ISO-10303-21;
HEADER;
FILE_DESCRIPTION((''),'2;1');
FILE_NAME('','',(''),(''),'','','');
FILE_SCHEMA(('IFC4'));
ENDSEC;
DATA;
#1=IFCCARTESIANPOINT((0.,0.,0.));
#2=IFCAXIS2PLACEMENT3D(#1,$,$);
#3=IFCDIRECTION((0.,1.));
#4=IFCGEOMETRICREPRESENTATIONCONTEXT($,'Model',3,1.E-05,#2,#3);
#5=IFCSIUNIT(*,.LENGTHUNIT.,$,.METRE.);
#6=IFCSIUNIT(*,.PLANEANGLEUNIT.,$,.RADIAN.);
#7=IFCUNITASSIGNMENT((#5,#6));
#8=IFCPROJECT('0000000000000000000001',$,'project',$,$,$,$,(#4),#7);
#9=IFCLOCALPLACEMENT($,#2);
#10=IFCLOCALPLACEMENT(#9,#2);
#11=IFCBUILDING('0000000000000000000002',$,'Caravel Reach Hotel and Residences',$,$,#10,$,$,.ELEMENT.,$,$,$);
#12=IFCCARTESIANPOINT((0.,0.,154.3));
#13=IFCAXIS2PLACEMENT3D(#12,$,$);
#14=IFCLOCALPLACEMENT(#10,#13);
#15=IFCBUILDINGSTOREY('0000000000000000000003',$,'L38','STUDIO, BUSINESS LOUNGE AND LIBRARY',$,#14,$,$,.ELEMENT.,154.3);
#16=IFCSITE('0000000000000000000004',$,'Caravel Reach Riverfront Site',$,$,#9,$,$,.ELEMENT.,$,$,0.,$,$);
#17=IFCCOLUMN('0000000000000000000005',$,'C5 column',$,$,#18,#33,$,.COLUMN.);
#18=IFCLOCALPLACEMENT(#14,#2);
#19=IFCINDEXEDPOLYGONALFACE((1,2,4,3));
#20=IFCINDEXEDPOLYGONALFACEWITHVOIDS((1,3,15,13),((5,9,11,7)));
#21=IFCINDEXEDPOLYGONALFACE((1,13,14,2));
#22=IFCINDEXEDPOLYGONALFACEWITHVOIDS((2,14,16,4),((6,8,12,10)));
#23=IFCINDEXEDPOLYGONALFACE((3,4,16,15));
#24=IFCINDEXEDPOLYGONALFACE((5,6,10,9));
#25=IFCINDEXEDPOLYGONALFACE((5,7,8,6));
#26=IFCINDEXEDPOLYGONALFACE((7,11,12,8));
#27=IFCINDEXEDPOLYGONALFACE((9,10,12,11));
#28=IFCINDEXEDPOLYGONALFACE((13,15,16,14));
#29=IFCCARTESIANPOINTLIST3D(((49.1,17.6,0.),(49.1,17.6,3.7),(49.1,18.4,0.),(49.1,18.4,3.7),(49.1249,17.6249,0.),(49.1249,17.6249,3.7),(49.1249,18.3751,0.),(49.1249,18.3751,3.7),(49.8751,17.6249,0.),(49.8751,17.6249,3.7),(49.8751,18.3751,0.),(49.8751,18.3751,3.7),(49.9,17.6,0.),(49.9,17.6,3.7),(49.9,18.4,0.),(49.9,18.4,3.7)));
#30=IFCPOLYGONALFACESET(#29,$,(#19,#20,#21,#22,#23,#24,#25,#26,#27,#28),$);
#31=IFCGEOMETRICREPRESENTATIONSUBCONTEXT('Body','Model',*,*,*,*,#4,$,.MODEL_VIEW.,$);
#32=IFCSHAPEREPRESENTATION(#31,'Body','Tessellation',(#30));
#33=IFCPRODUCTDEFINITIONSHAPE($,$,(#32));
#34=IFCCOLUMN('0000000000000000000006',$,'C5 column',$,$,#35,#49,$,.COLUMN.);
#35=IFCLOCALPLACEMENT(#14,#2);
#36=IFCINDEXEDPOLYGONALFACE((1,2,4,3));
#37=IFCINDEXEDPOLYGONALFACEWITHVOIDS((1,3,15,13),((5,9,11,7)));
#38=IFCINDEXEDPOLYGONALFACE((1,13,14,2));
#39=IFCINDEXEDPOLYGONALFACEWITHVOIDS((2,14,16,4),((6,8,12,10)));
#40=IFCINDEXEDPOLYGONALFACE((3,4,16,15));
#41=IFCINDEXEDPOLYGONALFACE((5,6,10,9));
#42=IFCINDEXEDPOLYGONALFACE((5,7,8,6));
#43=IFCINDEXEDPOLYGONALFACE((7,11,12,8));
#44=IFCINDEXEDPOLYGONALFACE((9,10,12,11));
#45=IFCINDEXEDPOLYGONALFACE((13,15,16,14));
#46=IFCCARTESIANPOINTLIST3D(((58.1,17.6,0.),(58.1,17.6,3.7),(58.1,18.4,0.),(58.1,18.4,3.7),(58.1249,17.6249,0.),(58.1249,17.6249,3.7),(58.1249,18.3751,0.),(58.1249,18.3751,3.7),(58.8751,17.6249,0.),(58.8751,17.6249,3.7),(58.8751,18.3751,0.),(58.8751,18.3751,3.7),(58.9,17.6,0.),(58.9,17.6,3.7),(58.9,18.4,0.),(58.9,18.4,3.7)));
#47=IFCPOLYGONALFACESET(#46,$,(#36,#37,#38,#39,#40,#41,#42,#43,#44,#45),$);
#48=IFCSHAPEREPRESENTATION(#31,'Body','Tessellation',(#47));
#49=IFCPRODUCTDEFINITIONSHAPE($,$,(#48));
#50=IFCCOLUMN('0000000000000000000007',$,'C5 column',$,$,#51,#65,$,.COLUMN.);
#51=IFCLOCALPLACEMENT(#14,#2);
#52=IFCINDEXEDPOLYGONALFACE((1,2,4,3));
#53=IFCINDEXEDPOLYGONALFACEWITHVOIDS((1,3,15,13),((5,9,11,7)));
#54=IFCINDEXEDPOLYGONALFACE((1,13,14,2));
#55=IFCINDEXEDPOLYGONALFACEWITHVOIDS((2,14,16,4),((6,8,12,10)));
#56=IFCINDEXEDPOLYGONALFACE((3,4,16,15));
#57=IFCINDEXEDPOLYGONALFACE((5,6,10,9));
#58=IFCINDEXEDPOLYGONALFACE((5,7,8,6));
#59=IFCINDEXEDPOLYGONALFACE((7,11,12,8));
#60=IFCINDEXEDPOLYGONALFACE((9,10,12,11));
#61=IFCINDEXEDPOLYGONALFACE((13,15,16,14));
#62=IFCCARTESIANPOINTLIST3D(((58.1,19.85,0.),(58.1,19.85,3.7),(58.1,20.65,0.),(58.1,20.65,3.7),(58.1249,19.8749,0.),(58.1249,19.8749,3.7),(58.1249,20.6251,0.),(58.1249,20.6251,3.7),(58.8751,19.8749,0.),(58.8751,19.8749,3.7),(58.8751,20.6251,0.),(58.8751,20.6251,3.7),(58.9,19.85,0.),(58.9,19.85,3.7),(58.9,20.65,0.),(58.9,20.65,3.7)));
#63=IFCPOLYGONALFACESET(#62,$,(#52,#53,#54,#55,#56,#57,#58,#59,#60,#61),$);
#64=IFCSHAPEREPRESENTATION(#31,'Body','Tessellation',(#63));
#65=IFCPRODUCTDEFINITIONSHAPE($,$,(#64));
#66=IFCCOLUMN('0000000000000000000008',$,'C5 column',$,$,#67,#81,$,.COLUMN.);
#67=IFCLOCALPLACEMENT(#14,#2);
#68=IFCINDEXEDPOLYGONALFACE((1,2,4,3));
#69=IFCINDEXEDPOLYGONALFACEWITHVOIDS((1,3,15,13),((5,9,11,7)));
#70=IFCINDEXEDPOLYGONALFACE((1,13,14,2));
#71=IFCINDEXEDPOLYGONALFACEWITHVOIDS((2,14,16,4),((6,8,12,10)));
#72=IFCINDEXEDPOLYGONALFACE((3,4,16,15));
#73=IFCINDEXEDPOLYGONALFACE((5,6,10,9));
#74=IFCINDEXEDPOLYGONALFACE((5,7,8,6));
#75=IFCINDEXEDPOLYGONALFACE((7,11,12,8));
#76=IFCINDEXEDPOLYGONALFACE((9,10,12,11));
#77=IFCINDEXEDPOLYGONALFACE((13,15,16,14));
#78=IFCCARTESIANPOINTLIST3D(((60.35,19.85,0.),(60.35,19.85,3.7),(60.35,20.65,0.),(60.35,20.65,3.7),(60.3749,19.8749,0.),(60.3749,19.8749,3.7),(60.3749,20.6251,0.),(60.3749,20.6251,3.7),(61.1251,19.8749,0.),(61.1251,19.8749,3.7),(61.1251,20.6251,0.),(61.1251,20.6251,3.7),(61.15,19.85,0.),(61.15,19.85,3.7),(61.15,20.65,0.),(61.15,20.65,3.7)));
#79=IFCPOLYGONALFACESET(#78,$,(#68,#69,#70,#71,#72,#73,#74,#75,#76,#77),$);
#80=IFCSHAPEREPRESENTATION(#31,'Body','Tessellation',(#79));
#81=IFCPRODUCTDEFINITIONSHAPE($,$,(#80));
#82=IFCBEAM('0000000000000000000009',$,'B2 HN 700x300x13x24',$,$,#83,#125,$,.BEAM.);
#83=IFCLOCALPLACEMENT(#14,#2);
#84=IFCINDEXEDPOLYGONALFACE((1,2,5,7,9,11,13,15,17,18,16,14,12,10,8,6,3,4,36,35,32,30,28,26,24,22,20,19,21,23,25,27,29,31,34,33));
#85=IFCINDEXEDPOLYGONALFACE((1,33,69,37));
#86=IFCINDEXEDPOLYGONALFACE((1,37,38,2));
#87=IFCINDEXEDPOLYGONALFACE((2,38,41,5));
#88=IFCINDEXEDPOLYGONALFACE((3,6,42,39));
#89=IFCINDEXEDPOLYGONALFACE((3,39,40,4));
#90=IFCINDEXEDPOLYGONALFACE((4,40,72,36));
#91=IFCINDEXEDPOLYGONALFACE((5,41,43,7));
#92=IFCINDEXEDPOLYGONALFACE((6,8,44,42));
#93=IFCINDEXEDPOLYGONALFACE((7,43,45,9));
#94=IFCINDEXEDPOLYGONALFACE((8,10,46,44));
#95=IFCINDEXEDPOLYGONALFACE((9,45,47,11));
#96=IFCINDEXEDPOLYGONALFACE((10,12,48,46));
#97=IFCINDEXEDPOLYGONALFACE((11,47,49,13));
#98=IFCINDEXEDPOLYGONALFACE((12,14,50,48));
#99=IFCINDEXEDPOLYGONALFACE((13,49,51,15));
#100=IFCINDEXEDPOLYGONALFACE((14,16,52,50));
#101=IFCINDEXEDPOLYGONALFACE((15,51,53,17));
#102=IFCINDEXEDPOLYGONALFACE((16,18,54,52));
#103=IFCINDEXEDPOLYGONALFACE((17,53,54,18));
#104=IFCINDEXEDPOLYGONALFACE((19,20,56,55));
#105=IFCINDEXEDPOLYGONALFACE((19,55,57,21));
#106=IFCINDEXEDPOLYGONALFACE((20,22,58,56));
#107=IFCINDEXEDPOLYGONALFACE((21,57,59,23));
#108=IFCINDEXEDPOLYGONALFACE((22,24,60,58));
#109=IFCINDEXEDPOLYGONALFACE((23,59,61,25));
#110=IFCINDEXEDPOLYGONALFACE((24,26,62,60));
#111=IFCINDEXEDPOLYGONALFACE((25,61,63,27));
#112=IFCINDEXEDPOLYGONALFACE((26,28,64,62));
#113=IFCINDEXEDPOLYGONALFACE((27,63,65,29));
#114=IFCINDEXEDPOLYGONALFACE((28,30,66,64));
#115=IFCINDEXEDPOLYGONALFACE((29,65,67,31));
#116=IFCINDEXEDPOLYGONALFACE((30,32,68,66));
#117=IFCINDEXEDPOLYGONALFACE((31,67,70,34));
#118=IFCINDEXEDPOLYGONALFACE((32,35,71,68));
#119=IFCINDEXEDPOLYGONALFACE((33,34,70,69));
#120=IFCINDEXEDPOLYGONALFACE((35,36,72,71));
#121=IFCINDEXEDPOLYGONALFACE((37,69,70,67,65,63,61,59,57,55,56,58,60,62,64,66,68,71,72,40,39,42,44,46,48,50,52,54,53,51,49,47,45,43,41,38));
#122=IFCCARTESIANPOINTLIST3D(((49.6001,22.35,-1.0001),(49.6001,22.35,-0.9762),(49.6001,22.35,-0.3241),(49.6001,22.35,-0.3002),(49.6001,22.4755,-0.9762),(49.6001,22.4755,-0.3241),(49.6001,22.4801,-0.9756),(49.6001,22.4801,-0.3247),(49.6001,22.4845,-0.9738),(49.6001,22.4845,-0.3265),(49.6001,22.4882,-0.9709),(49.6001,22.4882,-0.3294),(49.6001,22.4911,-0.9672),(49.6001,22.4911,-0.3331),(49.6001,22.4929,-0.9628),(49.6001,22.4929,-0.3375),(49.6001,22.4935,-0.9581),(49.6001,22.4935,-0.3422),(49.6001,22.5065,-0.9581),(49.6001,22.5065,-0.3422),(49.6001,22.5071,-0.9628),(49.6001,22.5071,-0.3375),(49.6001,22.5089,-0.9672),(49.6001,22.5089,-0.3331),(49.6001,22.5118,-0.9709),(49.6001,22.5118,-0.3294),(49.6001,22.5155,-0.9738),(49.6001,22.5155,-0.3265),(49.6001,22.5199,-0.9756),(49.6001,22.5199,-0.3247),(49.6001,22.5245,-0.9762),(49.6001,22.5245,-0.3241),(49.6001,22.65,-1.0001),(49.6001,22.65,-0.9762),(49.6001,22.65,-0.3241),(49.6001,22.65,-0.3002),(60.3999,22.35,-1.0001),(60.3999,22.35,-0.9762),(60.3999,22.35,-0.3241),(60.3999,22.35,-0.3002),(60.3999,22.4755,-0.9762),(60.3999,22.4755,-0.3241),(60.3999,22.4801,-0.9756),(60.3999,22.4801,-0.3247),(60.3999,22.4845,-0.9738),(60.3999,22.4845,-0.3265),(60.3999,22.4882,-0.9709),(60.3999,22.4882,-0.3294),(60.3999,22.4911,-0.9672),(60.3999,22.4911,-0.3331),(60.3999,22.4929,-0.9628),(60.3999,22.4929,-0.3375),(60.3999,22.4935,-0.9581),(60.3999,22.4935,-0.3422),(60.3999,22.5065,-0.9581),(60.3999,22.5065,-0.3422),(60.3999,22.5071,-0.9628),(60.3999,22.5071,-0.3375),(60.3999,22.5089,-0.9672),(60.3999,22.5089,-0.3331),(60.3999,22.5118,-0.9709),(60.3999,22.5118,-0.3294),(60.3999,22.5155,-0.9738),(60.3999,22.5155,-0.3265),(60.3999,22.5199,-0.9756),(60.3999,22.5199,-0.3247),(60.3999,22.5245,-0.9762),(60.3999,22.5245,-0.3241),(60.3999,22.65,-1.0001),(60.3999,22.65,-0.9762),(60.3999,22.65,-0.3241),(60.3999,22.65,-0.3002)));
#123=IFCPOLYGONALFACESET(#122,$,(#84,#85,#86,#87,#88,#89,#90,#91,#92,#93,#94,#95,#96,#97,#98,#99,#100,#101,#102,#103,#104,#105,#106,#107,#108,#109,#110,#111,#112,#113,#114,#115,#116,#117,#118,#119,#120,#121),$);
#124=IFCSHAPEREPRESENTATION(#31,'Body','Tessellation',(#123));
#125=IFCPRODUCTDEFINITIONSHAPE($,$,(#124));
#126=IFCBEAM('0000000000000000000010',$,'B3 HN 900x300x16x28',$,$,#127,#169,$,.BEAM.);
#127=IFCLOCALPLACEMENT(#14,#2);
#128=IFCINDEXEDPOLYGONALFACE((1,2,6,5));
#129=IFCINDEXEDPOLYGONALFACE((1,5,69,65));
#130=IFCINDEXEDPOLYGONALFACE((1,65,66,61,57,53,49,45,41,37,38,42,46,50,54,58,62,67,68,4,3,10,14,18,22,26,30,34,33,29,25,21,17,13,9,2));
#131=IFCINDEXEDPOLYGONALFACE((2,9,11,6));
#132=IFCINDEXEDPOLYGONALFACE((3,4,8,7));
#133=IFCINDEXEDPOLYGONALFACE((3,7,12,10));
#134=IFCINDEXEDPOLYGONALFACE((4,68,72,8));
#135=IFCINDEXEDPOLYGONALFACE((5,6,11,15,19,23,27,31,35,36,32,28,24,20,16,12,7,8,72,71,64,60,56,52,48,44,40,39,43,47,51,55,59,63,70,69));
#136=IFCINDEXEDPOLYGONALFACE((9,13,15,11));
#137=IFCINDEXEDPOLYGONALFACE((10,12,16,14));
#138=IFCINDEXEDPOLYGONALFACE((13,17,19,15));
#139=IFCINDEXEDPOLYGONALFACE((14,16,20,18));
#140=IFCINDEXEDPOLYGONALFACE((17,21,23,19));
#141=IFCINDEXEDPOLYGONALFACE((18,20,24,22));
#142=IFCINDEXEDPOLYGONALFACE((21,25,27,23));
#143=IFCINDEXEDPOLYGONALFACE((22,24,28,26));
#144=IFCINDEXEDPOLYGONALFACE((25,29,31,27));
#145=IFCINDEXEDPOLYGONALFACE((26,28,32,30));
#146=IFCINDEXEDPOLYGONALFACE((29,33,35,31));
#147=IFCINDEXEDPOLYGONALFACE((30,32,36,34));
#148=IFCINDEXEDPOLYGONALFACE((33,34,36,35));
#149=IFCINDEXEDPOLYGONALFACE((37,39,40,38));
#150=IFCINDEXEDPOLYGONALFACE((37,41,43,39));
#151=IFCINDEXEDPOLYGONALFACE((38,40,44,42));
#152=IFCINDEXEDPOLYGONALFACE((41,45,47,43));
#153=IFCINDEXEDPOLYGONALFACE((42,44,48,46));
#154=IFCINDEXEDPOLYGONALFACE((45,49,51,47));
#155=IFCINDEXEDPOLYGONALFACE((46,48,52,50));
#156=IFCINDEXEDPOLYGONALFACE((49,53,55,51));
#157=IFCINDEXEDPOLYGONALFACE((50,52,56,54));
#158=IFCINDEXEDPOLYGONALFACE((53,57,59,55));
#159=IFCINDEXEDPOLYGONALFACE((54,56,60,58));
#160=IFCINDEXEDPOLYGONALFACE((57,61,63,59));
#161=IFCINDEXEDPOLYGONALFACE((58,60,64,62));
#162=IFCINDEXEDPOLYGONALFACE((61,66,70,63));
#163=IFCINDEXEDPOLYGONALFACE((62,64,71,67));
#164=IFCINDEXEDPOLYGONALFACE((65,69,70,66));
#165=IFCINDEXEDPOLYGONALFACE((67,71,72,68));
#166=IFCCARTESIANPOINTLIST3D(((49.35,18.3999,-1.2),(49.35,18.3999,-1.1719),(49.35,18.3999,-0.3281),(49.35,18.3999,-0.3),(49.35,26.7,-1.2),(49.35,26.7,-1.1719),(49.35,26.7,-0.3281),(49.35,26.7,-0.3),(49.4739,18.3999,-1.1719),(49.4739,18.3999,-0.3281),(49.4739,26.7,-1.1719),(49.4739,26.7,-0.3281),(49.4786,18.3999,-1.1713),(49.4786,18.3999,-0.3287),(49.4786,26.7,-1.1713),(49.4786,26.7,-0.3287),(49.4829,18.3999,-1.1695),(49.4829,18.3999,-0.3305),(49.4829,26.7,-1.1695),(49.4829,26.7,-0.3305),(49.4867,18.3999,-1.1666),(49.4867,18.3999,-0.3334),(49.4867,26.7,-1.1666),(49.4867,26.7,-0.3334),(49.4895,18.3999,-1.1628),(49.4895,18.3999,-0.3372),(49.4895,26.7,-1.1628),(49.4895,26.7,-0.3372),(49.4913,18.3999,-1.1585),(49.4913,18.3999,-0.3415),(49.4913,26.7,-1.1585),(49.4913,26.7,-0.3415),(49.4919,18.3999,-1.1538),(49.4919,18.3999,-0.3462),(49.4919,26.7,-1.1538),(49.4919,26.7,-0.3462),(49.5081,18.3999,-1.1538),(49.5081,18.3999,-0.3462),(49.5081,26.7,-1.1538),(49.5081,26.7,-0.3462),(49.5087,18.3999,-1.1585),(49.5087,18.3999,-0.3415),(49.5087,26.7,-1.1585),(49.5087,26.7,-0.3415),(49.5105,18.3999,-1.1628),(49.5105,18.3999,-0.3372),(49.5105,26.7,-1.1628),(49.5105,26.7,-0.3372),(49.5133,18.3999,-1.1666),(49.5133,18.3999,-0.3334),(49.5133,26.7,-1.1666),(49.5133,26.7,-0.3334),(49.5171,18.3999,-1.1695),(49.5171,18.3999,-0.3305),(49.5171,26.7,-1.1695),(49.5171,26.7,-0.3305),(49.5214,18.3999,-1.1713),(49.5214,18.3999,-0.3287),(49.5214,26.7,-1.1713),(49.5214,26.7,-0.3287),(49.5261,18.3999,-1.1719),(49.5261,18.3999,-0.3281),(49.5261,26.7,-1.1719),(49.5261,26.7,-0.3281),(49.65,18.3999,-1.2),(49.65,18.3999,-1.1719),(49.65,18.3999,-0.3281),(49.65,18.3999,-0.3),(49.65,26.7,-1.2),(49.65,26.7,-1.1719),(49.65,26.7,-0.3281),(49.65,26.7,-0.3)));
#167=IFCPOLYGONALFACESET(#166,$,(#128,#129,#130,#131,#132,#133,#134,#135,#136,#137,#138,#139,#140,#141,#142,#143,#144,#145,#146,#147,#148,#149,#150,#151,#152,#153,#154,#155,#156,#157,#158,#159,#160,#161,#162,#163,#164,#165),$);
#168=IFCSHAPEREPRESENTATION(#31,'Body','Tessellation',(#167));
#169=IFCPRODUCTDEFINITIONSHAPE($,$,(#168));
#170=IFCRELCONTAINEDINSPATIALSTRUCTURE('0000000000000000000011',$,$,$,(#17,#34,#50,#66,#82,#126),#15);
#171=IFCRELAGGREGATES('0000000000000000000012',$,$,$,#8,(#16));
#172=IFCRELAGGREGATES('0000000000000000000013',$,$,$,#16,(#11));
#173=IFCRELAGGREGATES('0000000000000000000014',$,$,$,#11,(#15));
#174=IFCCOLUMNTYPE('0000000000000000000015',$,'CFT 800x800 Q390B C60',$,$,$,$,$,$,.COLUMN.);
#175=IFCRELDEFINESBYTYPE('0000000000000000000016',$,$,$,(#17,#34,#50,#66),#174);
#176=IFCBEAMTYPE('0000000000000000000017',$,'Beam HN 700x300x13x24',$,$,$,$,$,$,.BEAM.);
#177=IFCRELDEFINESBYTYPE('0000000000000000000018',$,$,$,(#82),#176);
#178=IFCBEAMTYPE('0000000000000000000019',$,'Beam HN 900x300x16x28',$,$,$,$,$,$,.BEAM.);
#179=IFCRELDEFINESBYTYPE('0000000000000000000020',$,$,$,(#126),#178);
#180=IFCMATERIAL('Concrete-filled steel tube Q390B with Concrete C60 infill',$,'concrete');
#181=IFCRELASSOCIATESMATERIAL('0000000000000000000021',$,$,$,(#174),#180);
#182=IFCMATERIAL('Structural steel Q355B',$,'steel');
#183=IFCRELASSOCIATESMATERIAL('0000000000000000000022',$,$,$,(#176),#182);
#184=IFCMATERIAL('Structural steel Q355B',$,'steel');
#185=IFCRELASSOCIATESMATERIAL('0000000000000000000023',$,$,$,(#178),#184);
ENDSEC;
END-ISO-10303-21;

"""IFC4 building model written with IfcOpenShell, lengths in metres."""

from ifc_helpers import new_model, si_unit, direction, frame, origin, origin_2d, place, context, subcontext, project, spatial, hollow_rectangle, i_section, extrude, material, material_profile, profile_set, type_object, element, save


model = new_model("IFC4")

# Units and contexts
model_context = context("Model", 3, precision=1e-05, world=origin(), true_north=direction((0.0, 1.0)))
body_context = subcontext(model_context, "Body", "Model", "MODEL_VIEW")
ifc_project = project(units=[si_unit("LENGTHUNIT", "METRE"), si_unit("PLANEANGLEUNIT", "RADIAN")], contexts=[model_context])

# Site, building, storey
site_placement = place(None, origin())
site = spatial("IfcSite", under=ifc_project, at=site_placement, Name="Caravel Reach Riverfront Site", CompositionType="ELEMENT", RefElevation=0.0)
building_placement = place(site_placement, origin())
building = spatial("IfcBuilding", under=site, at=building_placement, Name="Caravel Reach Hotel and Residences", CompositionType="ELEMENT")
storey_placement = place(building_placement, frame((0.0, 0.0, 154.3)))
storey = spatial("IfcBuildingStorey", under=building, at=storey_placement, Name="L38", Description="STUDIO, BUSINESS LOUNGE AND LIBRARY", CompositionType="ELEMENT", Elevation=154.3)

# Columns
ifc_material_1 = material(Name="Concrete-filled steel tube Q390B with Concrete C60 infill", Category="concrete")
ifc_material_profile_1 = material_profile(ifc_material_1, hollow_rectangle(XDim=0.8, YDim=0.8, WallThickness=0.0249, at=origin_2d()), Name="RHS 800x800x25")
ifc_profile_set_1 = profile_set([ifc_material_profile_1], Name="Concrete-filled steel tube Q390B with Concrete C60 infill")
column_type = type_object("IfcColumnType", Name="CFT 800x800 Q390B C60", PredefinedType="COLUMN", material=ifc_profile_set_1)
for number, where, z_axis, x_axis, name in (
    (1, (49.5, 18.0, 0.0), (0.0, 0.0, 1.0), (1.0, 0.0, 0.0), "C5 column"),
    (2, (58.5, 18.0, 0.0), (0.0, 0.0, 1.0), (1.0, 0.0, 0.0), "C5 column"),
    (3, (58.5, 20.25, 0.0), (0.0, 0.0, 1.0), (1.0, 0.0, 0.0), "C5 column"),
    (4, (60.75, 20.25, 0.0), (0.0, 0.0, 1.0), (1.0, 0.0, 0.0), "C5 column"),
):
    element("IfcColumn", number, at=place(storey_placement, frame(where, z_axis=z_axis, x_axis=x_axis)), inside=storey, type_object=column_type, Name=name, PredefinedType="COLUMN", context=body_context, shape_type="SweptSolid", body=[
        extrude(hollow_rectangle(XDim=0.8, YDim=0.8, WallThickness=0.0249, at=origin_2d()), origin(), (0.0, 0.0, 1.0), 3.7),
    ])

# Beams
ifc_material_2 = material(Name="Structural steel Q355B", Category="steel")
ifc_material_profile_2 = material_profile(ifc_material_2, i_section(OverallWidth=0.3, OverallDepth=0.7, WebThickness=0.0129, FlangeThickness=0.0239, FilletRadius=0.0181, at=origin_2d()), Name="HN 700x300x13x24")
ifc_profile_set_2 = profile_set([ifc_material_profile_2], Name="Structural steel Q355B")
beam_type_1 = type_object("IfcBeamType", Name="Beam HN 700x300x13x24", PredefinedType="BEAM", material=ifc_profile_set_2)
beam_1_placement = place(storey_placement, frame((49.6001, 22.5, -0.6501), z_axis=(1.0, 0.0, 0.0), x_axis=(0.0, 1.0, 0.0)))
element("IfcBeam", 5, at=beam_1_placement, inside=storey, type_object=beam_type_1, Name="B2 HN 700x300x13x24", PredefinedType="BEAM", context=body_context, shape_type="SweptSolid", body=[
    extrude(i_section(OverallWidth=0.3, OverallDepth=0.7, WebThickness=0.0129, FlangeThickness=0.0239, FilletRadius=0.0181, at=origin_2d()), origin(), (0.0, 0.0, 1.0), 10.7998),
])
ifc_material_3 = material(Name="Structural steel Q355B", Category="steel")
ifc_material_profile_3 = material_profile(ifc_material_3, i_section(OverallWidth=0.3, OverallDepth=0.8999, WebThickness=0.0161, FlangeThickness=0.0281, FilletRadius=0.0181, at=origin_2d()), Name="HN 900x300x16x28")
ifc_profile_set_3 = profile_set([ifc_material_profile_3], Name="Structural steel Q355B")
beam_type_2 = type_object("IfcBeamType", Name="Beam HN 900x300x16x28", PredefinedType="BEAM", material=ifc_profile_set_3)
beam_2_placement = place(storey_placement, frame((49.5, 18.3999, -0.75), z_axis=(0.0, 1.0, 0.0), x_axis=(-1.0, 0.0, 0.0)))
element("IfcBeam", 6, at=beam_2_placement, inside=storey, type_object=beam_type_2, Name="B3 HN 900x300x16x28", PredefinedType="BEAM", context=body_context, shape_type="SweptSolid", body=[
    extrude(i_section(OverallWidth=0.3, OverallDepth=0.8999, WebThickness=0.0161, FlangeThickness=0.0281, FilletRadius=0.0181, at=origin_2d()), origin(), (0.0, 0.0, 1.0), 8.3),
])

save(model, "model.ifc")
